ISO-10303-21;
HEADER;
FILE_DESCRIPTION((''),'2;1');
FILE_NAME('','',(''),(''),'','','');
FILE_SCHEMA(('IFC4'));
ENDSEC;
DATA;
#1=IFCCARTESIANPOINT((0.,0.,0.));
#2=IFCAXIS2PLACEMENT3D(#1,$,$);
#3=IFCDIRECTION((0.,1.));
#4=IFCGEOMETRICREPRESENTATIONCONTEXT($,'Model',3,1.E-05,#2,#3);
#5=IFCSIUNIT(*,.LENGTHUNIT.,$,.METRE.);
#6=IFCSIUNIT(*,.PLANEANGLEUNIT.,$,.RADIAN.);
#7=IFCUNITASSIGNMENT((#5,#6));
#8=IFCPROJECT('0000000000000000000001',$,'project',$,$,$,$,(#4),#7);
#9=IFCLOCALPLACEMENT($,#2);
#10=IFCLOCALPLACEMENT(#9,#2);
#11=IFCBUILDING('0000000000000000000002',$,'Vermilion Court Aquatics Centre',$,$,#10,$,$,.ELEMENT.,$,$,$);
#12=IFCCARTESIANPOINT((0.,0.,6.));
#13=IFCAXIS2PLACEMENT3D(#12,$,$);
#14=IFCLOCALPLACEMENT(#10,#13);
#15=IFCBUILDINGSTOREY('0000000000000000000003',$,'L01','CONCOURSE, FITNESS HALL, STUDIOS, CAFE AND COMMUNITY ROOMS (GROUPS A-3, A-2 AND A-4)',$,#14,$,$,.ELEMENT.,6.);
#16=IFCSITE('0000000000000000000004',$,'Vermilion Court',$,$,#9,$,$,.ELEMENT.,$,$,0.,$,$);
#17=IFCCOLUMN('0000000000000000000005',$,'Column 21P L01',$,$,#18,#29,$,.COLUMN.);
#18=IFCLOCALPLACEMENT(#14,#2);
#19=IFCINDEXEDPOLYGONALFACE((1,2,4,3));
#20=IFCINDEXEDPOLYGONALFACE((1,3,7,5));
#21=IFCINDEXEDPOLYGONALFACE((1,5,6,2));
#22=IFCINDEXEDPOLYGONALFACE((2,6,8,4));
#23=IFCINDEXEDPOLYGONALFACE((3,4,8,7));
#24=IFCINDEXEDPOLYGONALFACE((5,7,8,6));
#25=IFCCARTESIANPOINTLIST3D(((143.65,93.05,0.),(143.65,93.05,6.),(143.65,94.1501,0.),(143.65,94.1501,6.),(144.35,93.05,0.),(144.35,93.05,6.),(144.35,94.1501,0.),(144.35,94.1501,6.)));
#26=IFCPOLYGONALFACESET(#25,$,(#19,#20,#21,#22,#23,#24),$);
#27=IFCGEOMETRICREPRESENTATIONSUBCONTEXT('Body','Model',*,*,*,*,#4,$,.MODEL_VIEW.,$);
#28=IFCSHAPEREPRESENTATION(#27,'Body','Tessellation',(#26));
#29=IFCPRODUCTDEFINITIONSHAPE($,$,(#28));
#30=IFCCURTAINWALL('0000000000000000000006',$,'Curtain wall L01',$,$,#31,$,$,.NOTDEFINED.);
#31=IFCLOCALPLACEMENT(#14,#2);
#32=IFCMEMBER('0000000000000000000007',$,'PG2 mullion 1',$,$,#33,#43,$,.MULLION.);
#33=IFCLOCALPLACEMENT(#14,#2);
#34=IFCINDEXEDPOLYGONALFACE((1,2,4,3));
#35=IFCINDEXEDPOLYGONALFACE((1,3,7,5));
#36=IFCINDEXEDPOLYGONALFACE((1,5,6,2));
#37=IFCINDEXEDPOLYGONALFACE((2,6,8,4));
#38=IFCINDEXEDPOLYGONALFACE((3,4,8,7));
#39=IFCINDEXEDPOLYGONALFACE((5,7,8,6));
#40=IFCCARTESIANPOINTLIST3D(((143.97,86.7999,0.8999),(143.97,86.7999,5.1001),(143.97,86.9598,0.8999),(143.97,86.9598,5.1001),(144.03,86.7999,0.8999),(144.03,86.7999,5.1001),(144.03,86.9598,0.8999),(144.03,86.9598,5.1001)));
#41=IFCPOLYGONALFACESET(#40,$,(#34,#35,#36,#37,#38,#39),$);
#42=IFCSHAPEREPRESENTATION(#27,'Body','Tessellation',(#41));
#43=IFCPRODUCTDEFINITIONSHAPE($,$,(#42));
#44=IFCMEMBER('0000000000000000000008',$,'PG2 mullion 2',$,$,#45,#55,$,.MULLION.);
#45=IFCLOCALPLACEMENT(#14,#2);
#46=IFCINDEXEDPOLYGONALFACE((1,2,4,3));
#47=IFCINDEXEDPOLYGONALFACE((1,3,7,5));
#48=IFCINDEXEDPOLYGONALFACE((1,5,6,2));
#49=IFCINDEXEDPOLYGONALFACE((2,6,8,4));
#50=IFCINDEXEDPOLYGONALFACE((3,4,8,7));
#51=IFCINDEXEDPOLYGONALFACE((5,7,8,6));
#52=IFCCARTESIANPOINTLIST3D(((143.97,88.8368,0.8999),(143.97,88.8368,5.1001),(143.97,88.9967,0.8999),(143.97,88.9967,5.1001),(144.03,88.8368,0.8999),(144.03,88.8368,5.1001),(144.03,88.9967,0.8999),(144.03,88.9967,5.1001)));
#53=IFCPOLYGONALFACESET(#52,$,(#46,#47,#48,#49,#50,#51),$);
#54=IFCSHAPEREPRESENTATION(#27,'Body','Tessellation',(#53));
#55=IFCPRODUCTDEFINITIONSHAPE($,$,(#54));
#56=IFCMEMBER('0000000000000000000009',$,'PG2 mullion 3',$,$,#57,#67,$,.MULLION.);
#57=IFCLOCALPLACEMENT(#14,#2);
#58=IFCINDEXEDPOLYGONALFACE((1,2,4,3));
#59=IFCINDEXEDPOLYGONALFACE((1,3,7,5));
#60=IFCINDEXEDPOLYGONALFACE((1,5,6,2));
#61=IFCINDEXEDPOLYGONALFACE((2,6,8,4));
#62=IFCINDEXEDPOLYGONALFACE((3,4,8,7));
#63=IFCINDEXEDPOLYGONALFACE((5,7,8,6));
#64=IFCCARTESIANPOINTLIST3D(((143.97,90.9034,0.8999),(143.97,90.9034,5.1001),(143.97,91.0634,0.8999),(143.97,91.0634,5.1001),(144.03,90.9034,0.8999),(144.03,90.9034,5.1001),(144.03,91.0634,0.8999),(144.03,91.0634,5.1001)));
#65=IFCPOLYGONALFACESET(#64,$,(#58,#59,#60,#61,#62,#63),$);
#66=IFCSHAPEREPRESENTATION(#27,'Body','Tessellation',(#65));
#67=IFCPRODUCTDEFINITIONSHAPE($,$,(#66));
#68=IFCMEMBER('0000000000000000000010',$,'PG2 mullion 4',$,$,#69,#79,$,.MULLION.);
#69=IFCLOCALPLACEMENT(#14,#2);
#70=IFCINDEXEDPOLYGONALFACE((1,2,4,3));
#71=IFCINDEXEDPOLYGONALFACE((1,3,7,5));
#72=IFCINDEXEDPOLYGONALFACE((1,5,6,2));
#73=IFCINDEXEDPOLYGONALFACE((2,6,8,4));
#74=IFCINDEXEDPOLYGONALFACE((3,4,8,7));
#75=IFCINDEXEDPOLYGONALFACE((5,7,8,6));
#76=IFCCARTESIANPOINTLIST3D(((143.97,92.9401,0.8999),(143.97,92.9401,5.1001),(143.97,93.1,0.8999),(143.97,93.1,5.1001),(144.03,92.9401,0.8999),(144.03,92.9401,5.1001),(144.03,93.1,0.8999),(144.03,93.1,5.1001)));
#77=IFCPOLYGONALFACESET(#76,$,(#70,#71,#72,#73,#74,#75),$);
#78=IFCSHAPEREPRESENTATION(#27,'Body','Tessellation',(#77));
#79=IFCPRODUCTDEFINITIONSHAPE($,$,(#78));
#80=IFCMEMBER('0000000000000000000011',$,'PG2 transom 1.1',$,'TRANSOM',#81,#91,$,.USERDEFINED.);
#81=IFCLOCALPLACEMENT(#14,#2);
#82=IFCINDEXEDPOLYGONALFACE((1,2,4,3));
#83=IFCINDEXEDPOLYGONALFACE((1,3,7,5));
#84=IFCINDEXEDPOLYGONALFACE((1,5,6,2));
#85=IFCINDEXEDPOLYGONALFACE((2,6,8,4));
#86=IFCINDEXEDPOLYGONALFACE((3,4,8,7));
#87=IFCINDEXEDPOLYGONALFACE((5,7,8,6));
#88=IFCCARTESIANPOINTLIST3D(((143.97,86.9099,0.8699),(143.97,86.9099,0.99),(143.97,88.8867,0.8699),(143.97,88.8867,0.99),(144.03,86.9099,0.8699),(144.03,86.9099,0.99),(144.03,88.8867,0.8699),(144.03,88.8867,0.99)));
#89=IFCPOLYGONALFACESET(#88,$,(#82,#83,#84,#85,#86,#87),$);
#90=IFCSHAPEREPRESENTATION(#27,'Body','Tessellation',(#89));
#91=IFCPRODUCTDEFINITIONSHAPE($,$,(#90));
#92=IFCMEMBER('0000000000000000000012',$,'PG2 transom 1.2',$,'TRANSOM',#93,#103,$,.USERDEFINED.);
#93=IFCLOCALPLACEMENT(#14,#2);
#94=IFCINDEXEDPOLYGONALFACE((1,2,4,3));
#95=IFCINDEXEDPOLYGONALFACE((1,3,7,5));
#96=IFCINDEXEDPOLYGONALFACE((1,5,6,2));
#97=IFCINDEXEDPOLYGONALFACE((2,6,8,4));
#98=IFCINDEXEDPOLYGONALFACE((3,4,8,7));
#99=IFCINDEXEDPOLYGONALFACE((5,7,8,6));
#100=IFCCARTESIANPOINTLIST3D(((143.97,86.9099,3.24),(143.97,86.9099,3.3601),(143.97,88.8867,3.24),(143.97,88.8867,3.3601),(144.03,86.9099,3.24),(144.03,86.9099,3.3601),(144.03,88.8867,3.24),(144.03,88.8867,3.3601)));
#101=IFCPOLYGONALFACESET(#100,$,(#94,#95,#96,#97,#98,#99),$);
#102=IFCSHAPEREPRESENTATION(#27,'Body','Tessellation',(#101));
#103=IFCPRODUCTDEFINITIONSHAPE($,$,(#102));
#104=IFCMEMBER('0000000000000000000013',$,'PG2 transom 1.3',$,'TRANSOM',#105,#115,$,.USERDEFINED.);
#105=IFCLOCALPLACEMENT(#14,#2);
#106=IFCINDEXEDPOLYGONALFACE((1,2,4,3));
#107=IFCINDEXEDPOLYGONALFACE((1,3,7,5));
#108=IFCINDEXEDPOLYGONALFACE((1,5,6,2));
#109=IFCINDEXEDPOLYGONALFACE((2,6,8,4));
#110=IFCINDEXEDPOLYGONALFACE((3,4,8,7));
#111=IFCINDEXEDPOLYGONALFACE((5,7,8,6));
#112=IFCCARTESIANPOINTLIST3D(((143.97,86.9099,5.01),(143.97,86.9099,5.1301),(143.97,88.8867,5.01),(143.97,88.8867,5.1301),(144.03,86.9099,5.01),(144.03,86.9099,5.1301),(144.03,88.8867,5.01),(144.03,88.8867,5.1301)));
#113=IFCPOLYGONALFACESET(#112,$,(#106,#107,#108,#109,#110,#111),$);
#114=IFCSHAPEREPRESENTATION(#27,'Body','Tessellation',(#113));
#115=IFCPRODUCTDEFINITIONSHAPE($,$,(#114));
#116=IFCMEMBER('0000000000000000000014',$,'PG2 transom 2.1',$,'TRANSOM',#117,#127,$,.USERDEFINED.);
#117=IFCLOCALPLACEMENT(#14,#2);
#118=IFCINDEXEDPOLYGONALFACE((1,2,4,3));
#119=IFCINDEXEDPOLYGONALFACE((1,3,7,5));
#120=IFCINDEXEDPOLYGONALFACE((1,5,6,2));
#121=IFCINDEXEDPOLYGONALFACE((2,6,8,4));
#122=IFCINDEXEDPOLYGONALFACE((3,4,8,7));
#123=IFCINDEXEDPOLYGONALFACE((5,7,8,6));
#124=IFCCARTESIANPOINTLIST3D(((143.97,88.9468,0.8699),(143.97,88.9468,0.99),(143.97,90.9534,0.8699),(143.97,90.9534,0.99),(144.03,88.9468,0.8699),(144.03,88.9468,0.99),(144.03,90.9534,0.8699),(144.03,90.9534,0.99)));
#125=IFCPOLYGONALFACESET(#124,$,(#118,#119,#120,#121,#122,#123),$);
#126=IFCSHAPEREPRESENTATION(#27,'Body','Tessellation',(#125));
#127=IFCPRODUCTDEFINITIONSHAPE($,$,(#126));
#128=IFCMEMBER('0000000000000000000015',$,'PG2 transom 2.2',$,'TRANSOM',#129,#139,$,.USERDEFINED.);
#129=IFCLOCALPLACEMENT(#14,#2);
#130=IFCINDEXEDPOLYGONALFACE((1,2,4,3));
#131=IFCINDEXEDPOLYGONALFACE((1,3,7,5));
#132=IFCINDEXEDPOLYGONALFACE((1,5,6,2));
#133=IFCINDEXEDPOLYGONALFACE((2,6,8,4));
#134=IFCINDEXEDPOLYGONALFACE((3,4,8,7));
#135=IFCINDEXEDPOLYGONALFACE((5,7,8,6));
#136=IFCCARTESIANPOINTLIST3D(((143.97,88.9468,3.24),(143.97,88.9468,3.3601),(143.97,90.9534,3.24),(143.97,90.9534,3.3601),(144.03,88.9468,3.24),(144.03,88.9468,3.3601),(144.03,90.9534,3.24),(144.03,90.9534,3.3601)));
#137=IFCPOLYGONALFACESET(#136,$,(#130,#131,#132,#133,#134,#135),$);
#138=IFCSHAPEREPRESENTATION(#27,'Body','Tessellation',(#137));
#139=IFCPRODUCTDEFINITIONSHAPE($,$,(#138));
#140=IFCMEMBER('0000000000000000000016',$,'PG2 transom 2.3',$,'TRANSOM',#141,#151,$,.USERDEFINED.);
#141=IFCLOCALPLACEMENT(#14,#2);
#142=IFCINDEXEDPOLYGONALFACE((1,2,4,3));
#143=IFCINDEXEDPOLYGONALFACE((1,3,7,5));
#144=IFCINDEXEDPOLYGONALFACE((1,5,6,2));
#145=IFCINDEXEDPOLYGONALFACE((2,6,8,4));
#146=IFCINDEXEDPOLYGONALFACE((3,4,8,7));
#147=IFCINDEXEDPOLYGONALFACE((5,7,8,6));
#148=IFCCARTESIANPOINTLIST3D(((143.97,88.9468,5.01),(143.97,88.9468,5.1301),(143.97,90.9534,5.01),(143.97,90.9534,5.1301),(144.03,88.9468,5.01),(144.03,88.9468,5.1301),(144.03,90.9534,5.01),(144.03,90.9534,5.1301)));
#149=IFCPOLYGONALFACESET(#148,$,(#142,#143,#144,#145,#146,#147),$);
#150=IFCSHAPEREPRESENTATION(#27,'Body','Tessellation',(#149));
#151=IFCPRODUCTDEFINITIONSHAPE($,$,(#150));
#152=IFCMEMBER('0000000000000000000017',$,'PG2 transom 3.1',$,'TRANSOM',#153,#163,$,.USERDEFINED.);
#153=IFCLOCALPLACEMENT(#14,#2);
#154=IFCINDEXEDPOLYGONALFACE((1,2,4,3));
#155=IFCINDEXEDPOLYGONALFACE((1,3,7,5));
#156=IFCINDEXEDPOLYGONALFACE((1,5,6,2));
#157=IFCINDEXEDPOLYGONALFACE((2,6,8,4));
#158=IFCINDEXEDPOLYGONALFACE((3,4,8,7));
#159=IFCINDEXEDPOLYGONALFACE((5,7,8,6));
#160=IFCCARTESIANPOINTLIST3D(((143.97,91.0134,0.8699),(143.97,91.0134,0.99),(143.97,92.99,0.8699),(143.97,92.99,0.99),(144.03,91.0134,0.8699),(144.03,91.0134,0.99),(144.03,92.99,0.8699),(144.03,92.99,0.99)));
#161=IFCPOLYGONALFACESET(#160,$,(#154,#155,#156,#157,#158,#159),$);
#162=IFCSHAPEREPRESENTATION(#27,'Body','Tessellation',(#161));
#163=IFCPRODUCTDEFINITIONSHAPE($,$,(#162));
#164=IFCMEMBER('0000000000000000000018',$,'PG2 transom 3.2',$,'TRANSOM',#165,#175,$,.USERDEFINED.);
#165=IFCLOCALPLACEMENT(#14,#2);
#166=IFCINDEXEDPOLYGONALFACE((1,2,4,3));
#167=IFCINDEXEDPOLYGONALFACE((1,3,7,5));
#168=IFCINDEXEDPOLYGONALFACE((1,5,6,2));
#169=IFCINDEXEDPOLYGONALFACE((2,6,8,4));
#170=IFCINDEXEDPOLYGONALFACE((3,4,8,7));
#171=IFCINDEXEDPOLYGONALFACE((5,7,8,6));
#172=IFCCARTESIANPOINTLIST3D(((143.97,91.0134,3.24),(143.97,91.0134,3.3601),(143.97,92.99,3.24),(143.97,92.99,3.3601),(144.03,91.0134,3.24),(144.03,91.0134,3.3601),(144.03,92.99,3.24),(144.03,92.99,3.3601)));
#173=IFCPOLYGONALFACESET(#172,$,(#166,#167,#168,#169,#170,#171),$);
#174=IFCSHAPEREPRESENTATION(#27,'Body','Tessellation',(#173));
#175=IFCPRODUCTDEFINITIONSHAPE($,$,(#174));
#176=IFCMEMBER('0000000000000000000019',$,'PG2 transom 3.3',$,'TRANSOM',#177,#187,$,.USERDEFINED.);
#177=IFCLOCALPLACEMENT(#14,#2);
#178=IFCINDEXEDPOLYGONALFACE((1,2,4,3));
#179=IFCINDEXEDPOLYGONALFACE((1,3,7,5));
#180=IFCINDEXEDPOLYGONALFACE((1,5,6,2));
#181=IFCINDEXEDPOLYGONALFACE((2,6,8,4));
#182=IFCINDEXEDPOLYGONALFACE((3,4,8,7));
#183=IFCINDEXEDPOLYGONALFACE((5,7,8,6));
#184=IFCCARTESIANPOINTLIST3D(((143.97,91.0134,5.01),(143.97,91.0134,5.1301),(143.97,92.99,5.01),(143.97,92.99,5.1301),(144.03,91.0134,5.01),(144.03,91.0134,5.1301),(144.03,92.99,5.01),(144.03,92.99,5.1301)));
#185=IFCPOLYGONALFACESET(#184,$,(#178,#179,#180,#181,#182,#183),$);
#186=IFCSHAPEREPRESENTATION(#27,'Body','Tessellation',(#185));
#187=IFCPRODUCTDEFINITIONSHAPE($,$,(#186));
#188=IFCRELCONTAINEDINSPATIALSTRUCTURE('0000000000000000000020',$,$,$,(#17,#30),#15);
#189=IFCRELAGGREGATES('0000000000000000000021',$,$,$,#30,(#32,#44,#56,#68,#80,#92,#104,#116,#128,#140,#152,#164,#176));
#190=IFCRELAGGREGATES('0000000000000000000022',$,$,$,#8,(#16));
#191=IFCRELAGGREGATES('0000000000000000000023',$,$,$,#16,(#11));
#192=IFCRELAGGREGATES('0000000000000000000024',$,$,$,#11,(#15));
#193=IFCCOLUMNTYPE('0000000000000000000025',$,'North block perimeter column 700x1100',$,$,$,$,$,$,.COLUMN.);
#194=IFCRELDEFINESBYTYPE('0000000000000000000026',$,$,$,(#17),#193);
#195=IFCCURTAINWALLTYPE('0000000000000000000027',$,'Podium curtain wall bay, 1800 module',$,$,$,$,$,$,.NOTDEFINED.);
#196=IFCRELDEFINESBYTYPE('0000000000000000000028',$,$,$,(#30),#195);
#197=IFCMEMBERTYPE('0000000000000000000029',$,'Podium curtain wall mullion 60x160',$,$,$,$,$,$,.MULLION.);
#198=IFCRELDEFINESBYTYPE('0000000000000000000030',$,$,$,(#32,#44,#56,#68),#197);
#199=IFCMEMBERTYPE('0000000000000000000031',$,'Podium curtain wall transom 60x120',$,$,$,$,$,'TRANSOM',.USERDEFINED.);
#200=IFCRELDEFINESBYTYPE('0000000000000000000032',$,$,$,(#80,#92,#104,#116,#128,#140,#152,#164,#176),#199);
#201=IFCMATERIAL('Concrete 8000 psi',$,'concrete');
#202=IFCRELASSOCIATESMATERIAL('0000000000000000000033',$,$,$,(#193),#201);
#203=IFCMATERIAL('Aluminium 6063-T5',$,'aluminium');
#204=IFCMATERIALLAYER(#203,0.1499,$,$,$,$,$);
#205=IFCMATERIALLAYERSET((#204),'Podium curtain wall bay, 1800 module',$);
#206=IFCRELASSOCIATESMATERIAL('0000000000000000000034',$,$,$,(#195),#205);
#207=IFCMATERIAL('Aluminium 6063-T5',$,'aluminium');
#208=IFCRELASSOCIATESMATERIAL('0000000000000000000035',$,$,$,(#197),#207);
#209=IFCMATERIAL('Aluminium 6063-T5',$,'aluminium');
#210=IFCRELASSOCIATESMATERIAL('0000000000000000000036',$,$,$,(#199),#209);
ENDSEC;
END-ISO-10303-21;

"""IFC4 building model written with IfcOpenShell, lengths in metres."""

from ifc_helpers import new_model, si_unit, direction, frame, origin, origin_2d, place, context, subcontext, project, spatial, rectangle, extrude, material, layer, layer_set, material_profile, profile_set, type_object, element, aggregate, save


model = new_model("IFC4")

# Units and contexts
model_context = context("Model", 3, precision=1e-05, world=origin(), true_north=direction((0.0, 1.0)))
body_context = subcontext(model_context, "Body", "Model", "MODEL_VIEW")
ifc_project = project(units=[si_unit("LENGTHUNIT", "METRE"), si_unit("PLANEANGLEUNIT", "RADIAN")], contexts=[model_context])

# Site, building, storey
site_placement = place(None, origin())
site = spatial("IfcSite", under=ifc_project, at=site_placement, Name="Vermilion Court", CompositionType="ELEMENT", RefElevation=0.0)
building_placement = place(site_placement, origin())
building = spatial("IfcBuilding", under=site, at=building_placement, Name="Vermilion Court Aquatics Centre", CompositionType="ELEMENT")
storey_placement = place(building_placement, frame((0.0, 0.0, 6.0)))
storey = spatial("IfcBuildingStorey", under=building, at=storey_placement, Name="L01", Description="CONCOURSE, FITNESS HALL, STUDIOS, CAFE AND COMMUNITY ROOMS (GROUPS A-3, A-2 AND A-4)", CompositionType="ELEMENT", Elevation=6.0)

# Column
ifc_material_1 = material(Name="Concrete 8000 psi", Category="concrete")
ifc_material_profile_1 = material_profile(ifc_material_1, rectangle(XDim=0.7, YDim=1.1001, at=origin_2d()), Name="RC 700x1100")
ifc_profile_set_1 = profile_set([ifc_material_profile_1], Name="Concrete 8000 psi")
column_type = type_object("IfcColumnType", Name="North block perimeter column 700x1100", PredefinedType="COLUMN", material=ifc_profile_set_1)
column_placement = place(storey_placement, frame((144.0, 93.6001, 0.0), z_axis=(0.0, 0.0, 1.0), x_axis=(1.0, 0.0, 0.0)))
element("IfcColumn", 1, at=column_placement, inside=storey, type_object=column_type, Name="Column 21P L01", PredefinedType="COLUMN", context=body_context, shape_type="SweptSolid", body=[
    extrude(rectangle(XDim=0.7, YDim=1.1001, at=origin_2d()), origin(), (0.0, 0.0, 1.0), 6.0),
])

# Curtain wall, members
ifc_material_2 = material(Name="Aluminium 6063-T5", Category="aluminium")
ifc_layer_1 = layer(ifc_material_2, 0.1499)
ifc_layer_set_1 = layer_set([ifc_layer_1], Name="Podium curtain wall bay, 1800 module")
curtain_wall_type = type_object("IfcCurtainWallType", Name="Podium curtain wall bay, 1800 module", PredefinedType="NOTDEFINED", material=ifc_layer_set_1)
curtain_wall_placement = place(storey_placement, origin())
curtain_wall = element("IfcCurtainWall", 2, at=curtain_wall_placement, inside=storey, type_object=curtain_wall_type, Name="Curtain wall L01", PredefinedType="NOTDEFINED")
ifc_material_3 = material(Name="Aluminium 6063-T5", Category="aluminium")
ifc_material_profile_2 = material_profile(ifc_material_3, rectangle(XDim=0.0601, YDim=0.1599, at=origin_2d()), Name="Mullion 60x160")
ifc_profile_set_2 = profile_set([ifc_material_profile_2], Name="Aluminium 6063-T5")
member_type_1 = type_object("IfcMemberType", Name="Podium curtain wall mullion 60x160", PredefinedType="MULLION", material=ifc_profile_set_2)
member_1_placement = place(storey_placement, frame((144.0, 86.8799, 0.8999), z_axis=(0.0, 0.0, 1.0), x_axis=(-1.0, 0.0, 0.0)))
member_1 = element("IfcMember", 3, at=member_1_placement, type_object=member_type_1, Name="PG2 mullion 1", PredefinedType="MULLION", context=body_context, shape_type="SweptSolid", body=[
    extrude(rectangle(XDim=0.0601, YDim=0.1599, at=origin_2d()), origin(), (0.0, 0.0, 1.0), 4.2002),
])
member_2_placement = place(storey_placement, frame((144.0, 88.9167, 0.8999), z_axis=(0.0, 0.0, 1.0), x_axis=(-1.0, 0.0, 0.0)))
member_2 = element("IfcMember", 4, at=member_2_placement, type_object=member_type_1, Name="PG2 mullion 2", PredefinedType="MULLION", context=body_context, shape_type="SweptSolid", body=[
    extrude(rectangle(XDim=0.0601, YDim=0.1599, at=origin_2d()), origin(), (0.0, 0.0, 1.0), 4.2002),
])
member_3_placement = place(storey_placement, frame((144.0, 90.9834, 0.8999), z_axis=(0.0, 0.0, 1.0), x_axis=(-1.0, 0.0, 0.0)))
member_3 = element("IfcMember", 5, at=member_3_placement, type_object=member_type_1, Name="PG2 mullion 3", PredefinedType="MULLION", context=body_context, shape_type="SweptSolid", body=[
    extrude(rectangle(XDim=0.0601, YDim=0.1599, at=origin_2d()), origin(), (0.0, 0.0, 1.0), 4.2002),
])
member_4_placement = place(storey_placement, frame((144.0, 93.02, 0.8999), z_axis=(0.0, 0.0, 1.0), x_axis=(-1.0, 0.0, 0.0)))
member_4 = element("IfcMember", 6, at=member_4_placement, type_object=member_type_1, Name="PG2 mullion 4", PredefinedType="MULLION", context=body_context, shape_type="SweptSolid", body=[
    extrude(rectangle(XDim=0.0601, YDim=0.1599, at=origin_2d()), origin(), (0.0, 0.0, 1.0), 4.2002),
])
ifc_material_4 = material(Name="Aluminium 6063-T5", Category="aluminium")
ifc_material_profile_3 = material_profile(ifc_material_4, rectangle(XDim=0.0601, YDim=0.1201, at=origin_2d()), Name="Transom 60x120")
ifc_profile_set_3 = profile_set([ifc_material_profile_3], Name="Aluminium 6063-T5")
member_type_2 = type_object("IfcMemberType", Name="Podium curtain wall transom 60x120", ElementType="TRANSOM", PredefinedType="USERDEFINED", material=ifc_profile_set_3)
member_5_placement = place(storey_placement, frame((144.0, 86.9099, 0.9299), z_axis=(0.0, 1.0, 0.0), x_axis=(-1.0, 0.0, 0.0)))
member_5 = element("IfcMember", 7, at=member_5_placement, type_object=member_type_2, Name="PG2 transom 1.1", ObjectType="TRANSOM", PredefinedType="USERDEFINED", context=body_context, shape_type="SweptSolid", body=[
    extrude(rectangle(XDim=0.0601, YDim=0.1201, at=origin_2d()), origin(), (0.0, 0.0, 1.0), 1.9768),
])
member_6_placement = place(storey_placement, frame((144.0, 86.9099, 3.3), z_axis=(0.0, 1.0, 0.0), x_axis=(-1.0, 0.0, 0.0)))
member_6 = element("IfcMember", 8, at=member_6_placement, type_object=member_type_2, Name="PG2 transom 1.2", ObjectType="TRANSOM", PredefinedType="USERDEFINED", context=body_context, shape_type="SweptSolid", body=[
    extrude(rectangle(XDim=0.0601, YDim=0.1201, at=origin_2d()), origin(), (0.0, 0.0, 1.0), 1.9768),
])
member_7_placement = place(storey_placement, frame((144.0, 86.9099, 5.0701), z_axis=(0.0, 1.0, 0.0), x_axis=(-1.0, 0.0, 0.0)))
member_7 = element("IfcMember", 9, at=member_7_placement, type_object=member_type_2, Name="PG2 transom 1.3", ObjectType="TRANSOM", PredefinedType="USERDEFINED", context=body_context, shape_type="SweptSolid", body=[
    extrude(rectangle(XDim=0.0601, YDim=0.1201, at=origin_2d()), origin(), (0.0, 0.0, 1.0), 1.9768),
])
member_8_placement = place(storey_placement, frame((144.0, 88.9468, 0.9299), z_axis=(0.0, 1.0, 0.0), x_axis=(-1.0, 0.0, 0.0)))
member_8 = element("IfcMember", 10, at=member_8_placement, type_object=member_type_2, Name="PG2 transom 2.1", ObjectType="TRANSOM", PredefinedType="USERDEFINED", context=body_context, shape_type="SweptSolid", body=[
    extrude(rectangle(XDim=0.0601, YDim=0.1201, at=origin_2d()), origin(), (0.0, 0.0, 1.0), 2.0066),
])
member_9_placement = place(storey_placement, frame((144.0, 88.9468, 3.3), z_axis=(0.0, 1.0, 0.0), x_axis=(-1.0, 0.0, 0.0)))
member_9 = element("IfcMember", 11, at=member_9_placement, type_object=member_type_2, Name="PG2 transom 2.2", ObjectType="TRANSOM", PredefinedType="USERDEFINED", context=body_context, shape_type="SweptSolid", body=[
    extrude(rectangle(XDim=0.0601, YDim=0.1201, at=origin_2d()), origin(), (0.0, 0.0, 1.0), 2.0066),
])
member_10_placement = place(storey_placement, frame((144.0, 88.9468, 5.0701), z_axis=(0.0, 1.0, 0.0), x_axis=(-1.0, 0.0, 0.0)))
member_10 = element("IfcMember", 12, at=member_10_placement, type_object=member_type_2, Name="PG2 transom 2.3", ObjectType="TRANSOM", PredefinedType="USERDEFINED", context=body_context, shape_type="SweptSolid", body=[
    extrude(rectangle(XDim=0.0601, YDim=0.1201, at=origin_2d()), origin(), (0.0, 0.0, 1.0), 2.0066),
])
member_11_placement = place(storey_placement, frame((144.0, 91.0134, 0.9299), z_axis=(0.0, 1.0, 0.0), x_axis=(-1.0, 0.0, 0.0)))
member_11 = element("IfcMember", 13, at=member_11_placement, type_object=member_type_2, Name="PG2 transom 3.1", ObjectType="TRANSOM", PredefinedType="USERDEFINED", context=body_context, shape_type="SweptSolid", body=[
    extrude(rectangle(XDim=0.0601, YDim=0.1201, at=origin_2d()), origin(), (0.0, 0.0, 1.0), 1.9766),
])
member_12_placement = place(storey_placement, frame((144.0, 91.0134, 3.3), z_axis=(0.0, 1.0, 0.0), x_axis=(-1.0, 0.0, 0.0)))
member_12 = element("IfcMember", 14, at=member_12_placement, type_object=member_type_2, Name="PG2 transom 3.2", ObjectType="TRANSOM", PredefinedType="USERDEFINED", context=body_context, shape_type="SweptSolid", body=[
    extrude(rectangle(XDim=0.0601, YDim=0.1201, at=origin_2d()), origin(), (0.0, 0.0, 1.0), 1.9766),
])
member_13_placement = place(storey_placement, frame((144.0, 91.0134, 5.0701), z_axis=(0.0, 1.0, 0.0), x_axis=(-1.0, 0.0, 0.0)))
member_13 = element("IfcMember", 15, at=member_13_placement, type_object=member_type_2, Name="PG2 transom 3.3", ObjectType="TRANSOM", PredefinedType="USERDEFINED", context=body_context, shape_type="SweptSolid", body=[
    extrude(rectangle(XDim=0.0601, YDim=0.1201, at=origin_2d()), origin(), (0.0, 0.0, 1.0), 1.9766),
])

aggregate(curtain_wall, [member_1, member_2, member_3, member_4, member_5, member_6, member_7, member_8, member_9, member_10, member_11, member_12, member_13])

save(model, "model.ifc")
